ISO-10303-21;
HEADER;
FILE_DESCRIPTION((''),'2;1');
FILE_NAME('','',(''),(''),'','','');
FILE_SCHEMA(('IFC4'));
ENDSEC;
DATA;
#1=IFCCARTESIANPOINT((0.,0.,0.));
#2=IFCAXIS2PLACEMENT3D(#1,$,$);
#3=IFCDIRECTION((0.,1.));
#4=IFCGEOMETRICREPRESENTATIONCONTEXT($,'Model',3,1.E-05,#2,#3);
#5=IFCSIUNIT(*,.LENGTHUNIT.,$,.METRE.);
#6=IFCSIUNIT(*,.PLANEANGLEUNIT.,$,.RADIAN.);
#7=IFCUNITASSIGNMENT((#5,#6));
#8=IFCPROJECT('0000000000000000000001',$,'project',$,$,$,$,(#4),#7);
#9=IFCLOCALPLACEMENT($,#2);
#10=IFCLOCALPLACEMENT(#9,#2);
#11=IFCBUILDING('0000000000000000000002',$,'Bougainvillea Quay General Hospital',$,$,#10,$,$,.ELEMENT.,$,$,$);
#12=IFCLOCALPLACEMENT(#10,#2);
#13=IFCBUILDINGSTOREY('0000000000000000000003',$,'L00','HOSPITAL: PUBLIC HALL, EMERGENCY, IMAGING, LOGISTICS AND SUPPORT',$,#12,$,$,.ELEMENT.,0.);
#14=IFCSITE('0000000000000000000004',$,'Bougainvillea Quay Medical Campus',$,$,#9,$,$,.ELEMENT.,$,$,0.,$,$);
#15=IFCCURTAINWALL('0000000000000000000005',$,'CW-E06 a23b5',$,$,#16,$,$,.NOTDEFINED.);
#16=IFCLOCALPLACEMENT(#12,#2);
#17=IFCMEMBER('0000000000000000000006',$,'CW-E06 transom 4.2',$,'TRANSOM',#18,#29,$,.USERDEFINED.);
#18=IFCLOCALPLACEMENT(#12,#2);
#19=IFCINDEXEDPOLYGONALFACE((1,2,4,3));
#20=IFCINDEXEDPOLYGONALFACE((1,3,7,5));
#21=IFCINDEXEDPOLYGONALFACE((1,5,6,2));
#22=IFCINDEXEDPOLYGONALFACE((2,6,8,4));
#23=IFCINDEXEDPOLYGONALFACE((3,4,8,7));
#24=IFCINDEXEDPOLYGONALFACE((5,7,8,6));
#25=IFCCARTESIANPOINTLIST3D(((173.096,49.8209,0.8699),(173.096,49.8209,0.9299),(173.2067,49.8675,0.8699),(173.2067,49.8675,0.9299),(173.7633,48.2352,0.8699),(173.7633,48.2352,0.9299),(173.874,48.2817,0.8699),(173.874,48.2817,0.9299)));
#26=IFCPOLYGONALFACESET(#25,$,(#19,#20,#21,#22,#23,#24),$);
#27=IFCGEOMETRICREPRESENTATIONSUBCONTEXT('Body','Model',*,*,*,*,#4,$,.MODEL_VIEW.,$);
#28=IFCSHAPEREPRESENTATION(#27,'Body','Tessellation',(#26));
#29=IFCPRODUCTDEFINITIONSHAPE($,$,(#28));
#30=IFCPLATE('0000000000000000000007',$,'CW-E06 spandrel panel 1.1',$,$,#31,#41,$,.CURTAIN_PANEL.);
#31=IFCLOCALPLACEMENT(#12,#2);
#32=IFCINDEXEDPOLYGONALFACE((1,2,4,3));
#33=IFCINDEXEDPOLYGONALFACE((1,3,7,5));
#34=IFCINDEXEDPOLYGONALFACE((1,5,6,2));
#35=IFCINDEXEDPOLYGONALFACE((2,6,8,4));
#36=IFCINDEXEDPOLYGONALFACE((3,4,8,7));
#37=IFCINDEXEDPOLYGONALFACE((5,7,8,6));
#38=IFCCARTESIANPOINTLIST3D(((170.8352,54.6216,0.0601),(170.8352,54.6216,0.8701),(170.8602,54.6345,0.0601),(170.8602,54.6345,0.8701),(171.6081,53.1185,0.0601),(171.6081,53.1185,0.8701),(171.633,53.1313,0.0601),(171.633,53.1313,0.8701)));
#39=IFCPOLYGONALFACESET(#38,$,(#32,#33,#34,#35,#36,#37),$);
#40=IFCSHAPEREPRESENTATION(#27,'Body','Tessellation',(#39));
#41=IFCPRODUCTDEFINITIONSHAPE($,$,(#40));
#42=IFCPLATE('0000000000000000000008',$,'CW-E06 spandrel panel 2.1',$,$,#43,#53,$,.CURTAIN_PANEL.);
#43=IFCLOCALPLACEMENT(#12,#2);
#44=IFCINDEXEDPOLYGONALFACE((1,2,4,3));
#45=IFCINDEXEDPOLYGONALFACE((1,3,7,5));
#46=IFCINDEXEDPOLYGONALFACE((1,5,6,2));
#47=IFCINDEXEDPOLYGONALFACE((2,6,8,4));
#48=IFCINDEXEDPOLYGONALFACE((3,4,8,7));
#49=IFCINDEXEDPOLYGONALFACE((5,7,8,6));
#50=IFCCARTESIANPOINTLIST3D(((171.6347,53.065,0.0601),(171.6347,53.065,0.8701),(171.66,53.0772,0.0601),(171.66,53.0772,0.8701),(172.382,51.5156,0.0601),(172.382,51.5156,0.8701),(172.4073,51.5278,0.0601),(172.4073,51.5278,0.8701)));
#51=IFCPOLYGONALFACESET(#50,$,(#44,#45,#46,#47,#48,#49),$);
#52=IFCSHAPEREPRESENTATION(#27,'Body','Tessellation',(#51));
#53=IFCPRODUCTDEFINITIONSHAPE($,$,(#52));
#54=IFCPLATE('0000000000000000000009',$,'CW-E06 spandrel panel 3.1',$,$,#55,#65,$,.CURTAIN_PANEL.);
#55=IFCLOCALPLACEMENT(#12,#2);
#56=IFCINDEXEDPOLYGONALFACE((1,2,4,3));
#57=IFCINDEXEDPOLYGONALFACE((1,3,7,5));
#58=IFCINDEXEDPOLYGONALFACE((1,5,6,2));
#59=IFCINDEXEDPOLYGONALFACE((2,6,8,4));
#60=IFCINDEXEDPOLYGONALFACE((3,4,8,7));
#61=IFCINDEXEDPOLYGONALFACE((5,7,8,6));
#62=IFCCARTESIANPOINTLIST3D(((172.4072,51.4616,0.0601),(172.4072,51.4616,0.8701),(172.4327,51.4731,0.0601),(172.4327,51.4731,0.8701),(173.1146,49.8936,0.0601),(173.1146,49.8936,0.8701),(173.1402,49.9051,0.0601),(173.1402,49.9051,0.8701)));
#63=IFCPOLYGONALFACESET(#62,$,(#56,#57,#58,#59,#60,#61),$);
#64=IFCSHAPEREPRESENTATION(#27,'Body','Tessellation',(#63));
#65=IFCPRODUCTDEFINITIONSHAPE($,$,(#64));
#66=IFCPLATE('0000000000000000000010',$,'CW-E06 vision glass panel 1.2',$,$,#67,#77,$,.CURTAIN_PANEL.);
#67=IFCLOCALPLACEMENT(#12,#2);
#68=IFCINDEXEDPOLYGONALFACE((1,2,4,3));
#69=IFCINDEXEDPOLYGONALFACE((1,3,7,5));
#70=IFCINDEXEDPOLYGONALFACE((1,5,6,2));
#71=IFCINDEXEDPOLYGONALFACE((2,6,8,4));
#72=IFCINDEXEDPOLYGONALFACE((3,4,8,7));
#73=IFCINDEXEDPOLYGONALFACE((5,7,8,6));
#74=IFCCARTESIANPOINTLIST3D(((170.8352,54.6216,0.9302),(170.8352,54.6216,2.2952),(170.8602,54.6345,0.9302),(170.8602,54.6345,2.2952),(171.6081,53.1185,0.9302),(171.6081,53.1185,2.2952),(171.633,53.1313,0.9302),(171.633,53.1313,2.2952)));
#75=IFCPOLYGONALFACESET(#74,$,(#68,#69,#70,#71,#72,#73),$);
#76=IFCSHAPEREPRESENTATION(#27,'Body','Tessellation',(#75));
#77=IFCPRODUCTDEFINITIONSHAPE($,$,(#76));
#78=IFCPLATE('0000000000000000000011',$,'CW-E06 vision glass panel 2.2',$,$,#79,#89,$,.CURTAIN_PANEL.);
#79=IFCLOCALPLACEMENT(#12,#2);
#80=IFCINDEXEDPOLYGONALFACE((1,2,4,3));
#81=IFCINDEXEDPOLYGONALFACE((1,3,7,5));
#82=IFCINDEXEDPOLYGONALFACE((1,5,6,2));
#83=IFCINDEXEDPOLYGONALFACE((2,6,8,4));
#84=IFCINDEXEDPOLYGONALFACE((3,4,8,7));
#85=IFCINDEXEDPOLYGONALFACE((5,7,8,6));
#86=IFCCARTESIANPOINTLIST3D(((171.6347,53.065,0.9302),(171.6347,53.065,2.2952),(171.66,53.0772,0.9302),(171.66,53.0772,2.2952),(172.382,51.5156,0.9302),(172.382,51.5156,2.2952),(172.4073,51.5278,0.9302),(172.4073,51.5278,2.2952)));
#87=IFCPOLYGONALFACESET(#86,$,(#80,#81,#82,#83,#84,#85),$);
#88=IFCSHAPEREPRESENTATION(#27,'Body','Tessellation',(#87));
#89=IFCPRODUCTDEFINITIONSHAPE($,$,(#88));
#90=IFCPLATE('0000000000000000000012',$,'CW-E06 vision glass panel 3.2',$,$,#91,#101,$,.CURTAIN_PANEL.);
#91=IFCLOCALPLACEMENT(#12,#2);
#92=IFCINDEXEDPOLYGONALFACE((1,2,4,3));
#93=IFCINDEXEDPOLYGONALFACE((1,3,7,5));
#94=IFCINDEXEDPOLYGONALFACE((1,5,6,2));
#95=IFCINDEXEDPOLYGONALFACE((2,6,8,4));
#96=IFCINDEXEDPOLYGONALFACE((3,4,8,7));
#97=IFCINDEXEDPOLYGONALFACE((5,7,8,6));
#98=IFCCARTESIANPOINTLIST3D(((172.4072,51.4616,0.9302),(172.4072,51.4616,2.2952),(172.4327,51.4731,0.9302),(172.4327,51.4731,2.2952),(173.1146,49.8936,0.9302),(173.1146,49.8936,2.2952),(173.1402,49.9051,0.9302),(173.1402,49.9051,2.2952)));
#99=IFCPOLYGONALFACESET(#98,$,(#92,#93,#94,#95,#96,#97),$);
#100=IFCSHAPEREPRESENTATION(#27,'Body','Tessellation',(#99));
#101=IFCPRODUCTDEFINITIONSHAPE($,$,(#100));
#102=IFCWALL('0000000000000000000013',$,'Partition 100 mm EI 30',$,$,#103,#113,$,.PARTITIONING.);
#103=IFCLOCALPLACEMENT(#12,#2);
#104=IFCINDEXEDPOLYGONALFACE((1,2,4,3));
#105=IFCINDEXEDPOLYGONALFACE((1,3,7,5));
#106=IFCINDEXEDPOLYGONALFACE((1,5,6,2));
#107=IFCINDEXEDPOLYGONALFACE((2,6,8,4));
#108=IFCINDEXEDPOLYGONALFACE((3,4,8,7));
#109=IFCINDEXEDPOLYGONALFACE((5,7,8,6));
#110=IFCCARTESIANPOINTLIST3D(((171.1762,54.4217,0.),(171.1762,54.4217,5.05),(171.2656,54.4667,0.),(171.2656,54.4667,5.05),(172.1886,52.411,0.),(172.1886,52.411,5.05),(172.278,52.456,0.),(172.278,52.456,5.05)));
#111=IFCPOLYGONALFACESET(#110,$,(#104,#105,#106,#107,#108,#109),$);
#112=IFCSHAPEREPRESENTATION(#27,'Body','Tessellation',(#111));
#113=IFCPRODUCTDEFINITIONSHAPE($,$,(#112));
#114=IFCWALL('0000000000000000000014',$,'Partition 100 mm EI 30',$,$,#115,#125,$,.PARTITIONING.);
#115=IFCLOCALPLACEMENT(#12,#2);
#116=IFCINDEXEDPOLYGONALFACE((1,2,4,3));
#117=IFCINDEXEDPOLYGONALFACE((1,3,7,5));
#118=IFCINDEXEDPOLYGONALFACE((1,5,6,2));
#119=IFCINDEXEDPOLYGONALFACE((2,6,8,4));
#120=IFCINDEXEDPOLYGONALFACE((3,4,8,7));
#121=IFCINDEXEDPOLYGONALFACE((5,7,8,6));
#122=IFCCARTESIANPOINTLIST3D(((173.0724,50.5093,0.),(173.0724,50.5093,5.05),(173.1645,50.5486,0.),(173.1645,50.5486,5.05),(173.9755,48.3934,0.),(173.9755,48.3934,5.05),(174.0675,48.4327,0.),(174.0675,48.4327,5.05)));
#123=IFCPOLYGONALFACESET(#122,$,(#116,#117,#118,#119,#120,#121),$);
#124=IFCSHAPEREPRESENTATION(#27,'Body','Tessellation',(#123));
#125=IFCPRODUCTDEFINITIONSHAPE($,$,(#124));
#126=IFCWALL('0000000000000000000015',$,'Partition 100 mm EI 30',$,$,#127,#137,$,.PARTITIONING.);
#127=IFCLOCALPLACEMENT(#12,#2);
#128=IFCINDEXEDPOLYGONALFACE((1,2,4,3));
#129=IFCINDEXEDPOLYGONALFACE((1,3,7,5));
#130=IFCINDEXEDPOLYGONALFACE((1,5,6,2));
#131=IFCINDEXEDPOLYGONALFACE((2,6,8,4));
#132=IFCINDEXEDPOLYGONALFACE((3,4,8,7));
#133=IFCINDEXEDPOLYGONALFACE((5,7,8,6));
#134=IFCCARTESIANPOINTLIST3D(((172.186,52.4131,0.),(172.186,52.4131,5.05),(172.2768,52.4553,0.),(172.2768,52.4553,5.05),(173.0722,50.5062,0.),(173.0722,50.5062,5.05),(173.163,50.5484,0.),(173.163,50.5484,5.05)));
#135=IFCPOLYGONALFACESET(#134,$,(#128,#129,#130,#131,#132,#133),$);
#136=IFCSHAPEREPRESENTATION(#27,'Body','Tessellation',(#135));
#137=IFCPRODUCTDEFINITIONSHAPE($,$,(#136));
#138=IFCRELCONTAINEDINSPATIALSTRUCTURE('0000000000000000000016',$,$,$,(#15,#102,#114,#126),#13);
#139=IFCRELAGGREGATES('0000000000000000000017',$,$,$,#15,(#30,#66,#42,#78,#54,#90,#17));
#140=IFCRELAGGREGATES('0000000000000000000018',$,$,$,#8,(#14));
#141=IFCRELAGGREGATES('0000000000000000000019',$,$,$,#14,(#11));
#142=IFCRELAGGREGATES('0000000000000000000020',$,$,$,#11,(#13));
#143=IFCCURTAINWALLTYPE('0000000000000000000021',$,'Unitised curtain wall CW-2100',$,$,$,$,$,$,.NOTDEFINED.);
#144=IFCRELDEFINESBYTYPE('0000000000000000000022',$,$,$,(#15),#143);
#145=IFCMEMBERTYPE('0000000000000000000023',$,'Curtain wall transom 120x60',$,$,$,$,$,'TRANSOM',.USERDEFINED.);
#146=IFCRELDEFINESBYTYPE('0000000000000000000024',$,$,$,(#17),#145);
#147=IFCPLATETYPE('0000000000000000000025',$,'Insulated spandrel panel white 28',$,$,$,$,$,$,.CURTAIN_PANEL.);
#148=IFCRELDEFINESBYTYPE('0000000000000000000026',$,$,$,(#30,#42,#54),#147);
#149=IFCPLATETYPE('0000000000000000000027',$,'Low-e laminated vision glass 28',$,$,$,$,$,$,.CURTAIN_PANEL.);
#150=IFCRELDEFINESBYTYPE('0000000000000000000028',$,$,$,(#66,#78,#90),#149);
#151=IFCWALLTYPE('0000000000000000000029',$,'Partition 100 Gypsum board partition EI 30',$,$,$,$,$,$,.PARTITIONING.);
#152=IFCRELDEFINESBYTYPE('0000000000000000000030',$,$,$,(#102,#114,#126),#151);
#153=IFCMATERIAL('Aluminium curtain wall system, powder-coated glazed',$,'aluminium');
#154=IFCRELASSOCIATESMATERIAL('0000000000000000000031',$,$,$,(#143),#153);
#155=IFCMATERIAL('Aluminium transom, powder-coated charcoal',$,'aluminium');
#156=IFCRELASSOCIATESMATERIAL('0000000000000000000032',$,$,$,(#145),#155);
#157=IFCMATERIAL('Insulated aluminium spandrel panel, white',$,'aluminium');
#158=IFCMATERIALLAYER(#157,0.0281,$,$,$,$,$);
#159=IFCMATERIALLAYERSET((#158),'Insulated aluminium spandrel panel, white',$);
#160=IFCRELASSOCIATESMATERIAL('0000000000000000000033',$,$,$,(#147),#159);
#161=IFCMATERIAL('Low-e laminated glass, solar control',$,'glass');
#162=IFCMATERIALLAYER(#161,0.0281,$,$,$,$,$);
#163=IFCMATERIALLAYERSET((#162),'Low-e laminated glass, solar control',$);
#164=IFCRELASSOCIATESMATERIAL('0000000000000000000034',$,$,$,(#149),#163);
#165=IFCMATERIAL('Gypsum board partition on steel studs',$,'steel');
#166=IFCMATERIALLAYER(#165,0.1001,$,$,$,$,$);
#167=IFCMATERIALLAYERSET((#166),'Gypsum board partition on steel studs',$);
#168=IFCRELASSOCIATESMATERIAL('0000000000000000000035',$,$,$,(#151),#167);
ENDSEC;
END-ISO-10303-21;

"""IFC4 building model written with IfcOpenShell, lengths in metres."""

from ifc_helpers import new_model, si_unit, direction, frame, frame_2d, origin, origin_2d, place, context, subcontext, project, spatial, rectangle, extrude, material, layer, layer_set, material_profile, profile_set, type_object, element, aggregate, save


model = new_model("IFC4")

# Units and contexts
model_context = context("Model", 3, precision=1e-05, world=origin(), true_north=direction((0.0, 1.0)))
body_context = subcontext(model_context, "Body", "Model", "MODEL_VIEW")
ifc_project = project(units=[si_unit("LENGTHUNIT", "METRE"), si_unit("PLANEANGLEUNIT", "RADIAN")], contexts=[model_context])

# Site, building, storey
site_placement = place(None, origin())
site = spatial("IfcSite", under=ifc_project, at=site_placement, Name="Bougainvillea Quay Medical Campus", CompositionType="ELEMENT", RefElevation=0.0)
building_placement = place(site_placement, origin())
building = spatial("IfcBuilding", under=site, at=building_placement, Name="Bougainvillea Quay General Hospital", CompositionType="ELEMENT")
storey_placement = place(building_placement, origin())
storey = spatial("IfcBuildingStorey", under=building, at=storey_placement, Name="L00", Description="HOSPITAL: PUBLIC HALL, EMERGENCY, IMAGING, LOGISTICS AND SUPPORT", CompositionType="ELEMENT", Elevation=0.0)

# Curtain wall, member, plates
ifc_material_1 = material(Name="Aluminium curtain wall system, powder-coated glazed", Category="aluminium")
curtain_wall_type = type_object("IfcCurtainWallType", Name="Unitised curtain wall CW-2100", PredefinedType="NOTDEFINED", material=ifc_material_1)
curtain_wall_placement = place(storey_placement, origin())
curtain_wall = element("IfcCurtainWall", 1, at=curtain_wall_placement, inside=storey, type_object=curtain_wall_type, Name="CW-E06 a23b5", PredefinedType="NOTDEFINED")
ifc_material_2 = material(Name="Aluminium transom, powder-coated charcoal", Category="aluminium")
ifc_material_profile_1 = material_profile(ifc_material_2, rectangle(XDim=0.1201, YDim=0.0601, at=origin_2d()))
ifc_profile_set_1 = profile_set([ifc_material_profile_1], Name="Aluminium transom, powder-coated charcoal")
member_type_1 = type_object("IfcMemberType", Name="Curtain wall transom 120x60", ElementType="TRANSOM", PredefinedType="USERDEFINED", material=ifc_profile_set_1)
member_1_placement = place(storey_placement, frame((173.1514, 49.8442, 0.8999), z_axis=(0.387848, -0.921724, 0.0), x_axis=(0.921724, 0.387848, 0.0)))
member_1 = element("IfcMember", 2, at=member_1_placement, type_object=member_type_1, Name="CW-E06 transom 4.2", ObjectType="TRANSOM", PredefinedType="USERDEFINED", context=body_context, shape_type="SweptSolid", body=[
    extrude(rectangle(XDim=0.1201, YDim=0.0601, at=origin_2d()), origin(), (0.0, 0.0, 1.0), 1.7205),
])
ifc_material_3 = material(Name="Insulated aluminium spandrel panel, white", Category="aluminium")
ifc_layer_1 = layer(ifc_material_3, 0.0281)
ifc_layer_set_1 = layer_set([ifc_layer_1], Name="Insulated aluminium spandrel panel, white")
plate_type_1 = type_object("IfcPlateType", Name="Insulated spandrel panel white 28", PredefinedType="CURTAIN_PANEL", material=ifc_layer_set_1)
plate_1_placement = place(storey_placement, frame((171.2341, 53.8765, 0.0601), z_axis=(0.0, 0.0, 1.0), x_axis=(0.457235, -0.889346, 0.0)))
plate_1 = element("IfcPlate", 3, at=plate_1_placement, type_object=plate_type_1, Name="CW-E06 spandrel panel 1.1", PredefinedType="CURTAIN_PANEL", context=body_context, shape_type="SweptSolid", body=[
    extrude(rectangle(XDim=1.6902, YDim=0.0281, at=origin_2d()), origin(), (0.0, 0.0, 1.0), 0.8101),
])
plate_2_placement = place(storey_placement, frame((172.021, 52.2964, 0.0601), z_axis=(0.0, 0.0, 1.0), x_axis=(0.434389, -0.900726, 0.0)))
plate_2 = element("IfcPlate", 4, at=plate_2_placement, type_object=plate_type_1, Name="CW-E06 spandrel panel 2.1", PredefinedType="CURTAIN_PANEL", context=body_context, shape_type="SweptSolid", body=[
    extrude(rectangle(XDim=1.7202, YDim=0.0281, at=origin_2d()), origin(), (0.0, 0.0, 1.0), 0.8101),
])
plate_3_placement = place(storey_placement, frame((172.7737, 50.6833, 0.0601), z_axis=(0.0, 0.0, 1.0), x_axis=(0.41126, -0.911518, 0.0)))
plate_3 = element("IfcPlate", 5, at=plate_3_placement, type_object=plate_type_1, Name="CW-E06 spandrel panel 3.1", PredefinedType="CURTAIN_PANEL", context=body_context, shape_type="SweptSolid", body=[
    extrude(rectangle(XDim=1.7202, YDim=0.0281, at=origin_2d()), origin(), (0.0, 0.0, 1.0), 0.8101),
])
ifc_material_4 = material(Name="Low-e laminated glass, solar control", Category="glass")
ifc_layer_2 = layer(ifc_material_4, 0.0281)
ifc_layer_set_2 = layer_set([ifc_layer_2], Name="Low-e laminated glass, solar control")
plate_type_2 = type_object("IfcPlateType", Name="Low-e laminated vision glass 28", PredefinedType="CURTAIN_PANEL", material=ifc_layer_set_2)
plate_4_placement = place(storey_placement, frame((171.2341, 53.8765, 0.9302), z_axis=(0.0, 0.0, 1.0), x_axis=(0.457235, -0.889346, 0.0)))
plate_4 = element("IfcPlate", 6, at=plate_4_placement, type_object=plate_type_2, Name="CW-E06 vision glass panel 1.2", PredefinedType="CURTAIN_PANEL", context=body_context, shape_type="SweptSolid", body=[
    extrude(rectangle(XDim=1.6902, YDim=0.0281, at=origin_2d()), origin(), (0.0, 0.0, 1.0), 1.365),
])
plate_5_placement = place(storey_placement, frame((172.021, 52.2964, 0.9302), z_axis=(0.0, 0.0, 1.0), x_axis=(0.434389, -0.900726, 0.0)))
plate_5 = element("IfcPlate", 7, at=plate_5_placement, type_object=plate_type_2, Name="CW-E06 vision glass panel 2.2", PredefinedType="CURTAIN_PANEL", context=body_context, shape_type="SweptSolid", body=[
    extrude(rectangle(XDim=1.7202, YDim=0.0281, at=origin_2d()), origin(), (0.0, 0.0, 1.0), 1.365),
])
plate_6_placement = place(storey_placement, frame((172.7737, 50.6833, 0.9302), z_axis=(0.0, 0.0, 1.0), x_axis=(0.41126, -0.911518, 0.0)))
plate_6 = element("IfcPlate", 8, at=plate_6_placement, type_object=plate_type_2, Name="CW-E06 vision glass panel 3.2", PredefinedType="CURTAIN_PANEL", context=body_context, shape_type="SweptSolid", body=[
    extrude(rectangle(XDim=1.7202, YDim=0.0281, at=origin_2d()), origin(), (0.0, 0.0, 1.0), 1.365),
])
aggregate(curtain_wall, [plate_1, plate_4, plate_2, plate_5, plate_3, plate_6, member_1])

# Walls
ifc_material_5 = material(Name="Gypsum board partition on steel studs", Category="steel")
ifc_layer_3 = layer(ifc_material_5, 0.1001)
ifc_layer_set_3 = layer_set([ifc_layer_3], Name="Gypsum board partition on steel studs")
wall_type = type_object("IfcWallType", Name="Partition 100 Gypsum board partition EI 30", PredefinedType="PARTITIONING", material=ifc_layer_set_3)
wall_1_placement = place(storey_placement, frame((171.2209, 54.4441, 0.0), z_axis=(0.0, 0.0, 1.0), x_axis=(0.449728, -0.893166, 0.0)))
element("IfcWall", 9, at=wall_1_placement, inside=storey, type_object=wall_type, Name="Partition 100 mm EI 30", PredefinedType="PARTITIONING", context=body_context, shape_type="SweptSolid", body=[
    extrude(rectangle(XDim=2.2512, YDim=0.1001, at=frame_2d((1.1255, 0.0))), origin(), (0.0, 0.0, 1.0), 5.05),
])
wall_2_placement = place(storey_placement, frame((173.1184, 50.5291, 0.0), z_axis=(0.0, 0.0, 1.0), x_axis=(0.392536, -0.919737, 0.0)))
element("IfcWall", 10, at=wall_2_placement, inside=storey, type_object=wall_type, Name="Partition 100 mm EI 30", PredefinedType="PARTITIONING", context=body_context, shape_type="SweptSolid", body=[
    extrude(rectangle(XDim=2.3005, YDim=0.1001, at=frame_2d((1.1504, 0.0))), origin(), (0.0, 0.0, 1.0), 5.05),
])
wall_3_placement = place(storey_placement, frame((172.2314, 52.4341, 0.0), z_axis=(0.0, 0.0, 1.0), x_axis=(0.421442, -0.906855, 0.0)))
element("IfcWall", 11, at=wall_3_placement, inside=storey, type_object=wall_type, Name="Partition 100 mm EI 30", PredefinedType="PARTITIONING", context=body_context, shape_type="SweptSolid", body=[
    extrude(rectangle(XDim=2.1028, YDim=0.1001, at=frame_2d((1.0513, 0.0))), origin(), (0.0, 0.0, 1.0), 5.05),
])

save(model, "model.ifc")
